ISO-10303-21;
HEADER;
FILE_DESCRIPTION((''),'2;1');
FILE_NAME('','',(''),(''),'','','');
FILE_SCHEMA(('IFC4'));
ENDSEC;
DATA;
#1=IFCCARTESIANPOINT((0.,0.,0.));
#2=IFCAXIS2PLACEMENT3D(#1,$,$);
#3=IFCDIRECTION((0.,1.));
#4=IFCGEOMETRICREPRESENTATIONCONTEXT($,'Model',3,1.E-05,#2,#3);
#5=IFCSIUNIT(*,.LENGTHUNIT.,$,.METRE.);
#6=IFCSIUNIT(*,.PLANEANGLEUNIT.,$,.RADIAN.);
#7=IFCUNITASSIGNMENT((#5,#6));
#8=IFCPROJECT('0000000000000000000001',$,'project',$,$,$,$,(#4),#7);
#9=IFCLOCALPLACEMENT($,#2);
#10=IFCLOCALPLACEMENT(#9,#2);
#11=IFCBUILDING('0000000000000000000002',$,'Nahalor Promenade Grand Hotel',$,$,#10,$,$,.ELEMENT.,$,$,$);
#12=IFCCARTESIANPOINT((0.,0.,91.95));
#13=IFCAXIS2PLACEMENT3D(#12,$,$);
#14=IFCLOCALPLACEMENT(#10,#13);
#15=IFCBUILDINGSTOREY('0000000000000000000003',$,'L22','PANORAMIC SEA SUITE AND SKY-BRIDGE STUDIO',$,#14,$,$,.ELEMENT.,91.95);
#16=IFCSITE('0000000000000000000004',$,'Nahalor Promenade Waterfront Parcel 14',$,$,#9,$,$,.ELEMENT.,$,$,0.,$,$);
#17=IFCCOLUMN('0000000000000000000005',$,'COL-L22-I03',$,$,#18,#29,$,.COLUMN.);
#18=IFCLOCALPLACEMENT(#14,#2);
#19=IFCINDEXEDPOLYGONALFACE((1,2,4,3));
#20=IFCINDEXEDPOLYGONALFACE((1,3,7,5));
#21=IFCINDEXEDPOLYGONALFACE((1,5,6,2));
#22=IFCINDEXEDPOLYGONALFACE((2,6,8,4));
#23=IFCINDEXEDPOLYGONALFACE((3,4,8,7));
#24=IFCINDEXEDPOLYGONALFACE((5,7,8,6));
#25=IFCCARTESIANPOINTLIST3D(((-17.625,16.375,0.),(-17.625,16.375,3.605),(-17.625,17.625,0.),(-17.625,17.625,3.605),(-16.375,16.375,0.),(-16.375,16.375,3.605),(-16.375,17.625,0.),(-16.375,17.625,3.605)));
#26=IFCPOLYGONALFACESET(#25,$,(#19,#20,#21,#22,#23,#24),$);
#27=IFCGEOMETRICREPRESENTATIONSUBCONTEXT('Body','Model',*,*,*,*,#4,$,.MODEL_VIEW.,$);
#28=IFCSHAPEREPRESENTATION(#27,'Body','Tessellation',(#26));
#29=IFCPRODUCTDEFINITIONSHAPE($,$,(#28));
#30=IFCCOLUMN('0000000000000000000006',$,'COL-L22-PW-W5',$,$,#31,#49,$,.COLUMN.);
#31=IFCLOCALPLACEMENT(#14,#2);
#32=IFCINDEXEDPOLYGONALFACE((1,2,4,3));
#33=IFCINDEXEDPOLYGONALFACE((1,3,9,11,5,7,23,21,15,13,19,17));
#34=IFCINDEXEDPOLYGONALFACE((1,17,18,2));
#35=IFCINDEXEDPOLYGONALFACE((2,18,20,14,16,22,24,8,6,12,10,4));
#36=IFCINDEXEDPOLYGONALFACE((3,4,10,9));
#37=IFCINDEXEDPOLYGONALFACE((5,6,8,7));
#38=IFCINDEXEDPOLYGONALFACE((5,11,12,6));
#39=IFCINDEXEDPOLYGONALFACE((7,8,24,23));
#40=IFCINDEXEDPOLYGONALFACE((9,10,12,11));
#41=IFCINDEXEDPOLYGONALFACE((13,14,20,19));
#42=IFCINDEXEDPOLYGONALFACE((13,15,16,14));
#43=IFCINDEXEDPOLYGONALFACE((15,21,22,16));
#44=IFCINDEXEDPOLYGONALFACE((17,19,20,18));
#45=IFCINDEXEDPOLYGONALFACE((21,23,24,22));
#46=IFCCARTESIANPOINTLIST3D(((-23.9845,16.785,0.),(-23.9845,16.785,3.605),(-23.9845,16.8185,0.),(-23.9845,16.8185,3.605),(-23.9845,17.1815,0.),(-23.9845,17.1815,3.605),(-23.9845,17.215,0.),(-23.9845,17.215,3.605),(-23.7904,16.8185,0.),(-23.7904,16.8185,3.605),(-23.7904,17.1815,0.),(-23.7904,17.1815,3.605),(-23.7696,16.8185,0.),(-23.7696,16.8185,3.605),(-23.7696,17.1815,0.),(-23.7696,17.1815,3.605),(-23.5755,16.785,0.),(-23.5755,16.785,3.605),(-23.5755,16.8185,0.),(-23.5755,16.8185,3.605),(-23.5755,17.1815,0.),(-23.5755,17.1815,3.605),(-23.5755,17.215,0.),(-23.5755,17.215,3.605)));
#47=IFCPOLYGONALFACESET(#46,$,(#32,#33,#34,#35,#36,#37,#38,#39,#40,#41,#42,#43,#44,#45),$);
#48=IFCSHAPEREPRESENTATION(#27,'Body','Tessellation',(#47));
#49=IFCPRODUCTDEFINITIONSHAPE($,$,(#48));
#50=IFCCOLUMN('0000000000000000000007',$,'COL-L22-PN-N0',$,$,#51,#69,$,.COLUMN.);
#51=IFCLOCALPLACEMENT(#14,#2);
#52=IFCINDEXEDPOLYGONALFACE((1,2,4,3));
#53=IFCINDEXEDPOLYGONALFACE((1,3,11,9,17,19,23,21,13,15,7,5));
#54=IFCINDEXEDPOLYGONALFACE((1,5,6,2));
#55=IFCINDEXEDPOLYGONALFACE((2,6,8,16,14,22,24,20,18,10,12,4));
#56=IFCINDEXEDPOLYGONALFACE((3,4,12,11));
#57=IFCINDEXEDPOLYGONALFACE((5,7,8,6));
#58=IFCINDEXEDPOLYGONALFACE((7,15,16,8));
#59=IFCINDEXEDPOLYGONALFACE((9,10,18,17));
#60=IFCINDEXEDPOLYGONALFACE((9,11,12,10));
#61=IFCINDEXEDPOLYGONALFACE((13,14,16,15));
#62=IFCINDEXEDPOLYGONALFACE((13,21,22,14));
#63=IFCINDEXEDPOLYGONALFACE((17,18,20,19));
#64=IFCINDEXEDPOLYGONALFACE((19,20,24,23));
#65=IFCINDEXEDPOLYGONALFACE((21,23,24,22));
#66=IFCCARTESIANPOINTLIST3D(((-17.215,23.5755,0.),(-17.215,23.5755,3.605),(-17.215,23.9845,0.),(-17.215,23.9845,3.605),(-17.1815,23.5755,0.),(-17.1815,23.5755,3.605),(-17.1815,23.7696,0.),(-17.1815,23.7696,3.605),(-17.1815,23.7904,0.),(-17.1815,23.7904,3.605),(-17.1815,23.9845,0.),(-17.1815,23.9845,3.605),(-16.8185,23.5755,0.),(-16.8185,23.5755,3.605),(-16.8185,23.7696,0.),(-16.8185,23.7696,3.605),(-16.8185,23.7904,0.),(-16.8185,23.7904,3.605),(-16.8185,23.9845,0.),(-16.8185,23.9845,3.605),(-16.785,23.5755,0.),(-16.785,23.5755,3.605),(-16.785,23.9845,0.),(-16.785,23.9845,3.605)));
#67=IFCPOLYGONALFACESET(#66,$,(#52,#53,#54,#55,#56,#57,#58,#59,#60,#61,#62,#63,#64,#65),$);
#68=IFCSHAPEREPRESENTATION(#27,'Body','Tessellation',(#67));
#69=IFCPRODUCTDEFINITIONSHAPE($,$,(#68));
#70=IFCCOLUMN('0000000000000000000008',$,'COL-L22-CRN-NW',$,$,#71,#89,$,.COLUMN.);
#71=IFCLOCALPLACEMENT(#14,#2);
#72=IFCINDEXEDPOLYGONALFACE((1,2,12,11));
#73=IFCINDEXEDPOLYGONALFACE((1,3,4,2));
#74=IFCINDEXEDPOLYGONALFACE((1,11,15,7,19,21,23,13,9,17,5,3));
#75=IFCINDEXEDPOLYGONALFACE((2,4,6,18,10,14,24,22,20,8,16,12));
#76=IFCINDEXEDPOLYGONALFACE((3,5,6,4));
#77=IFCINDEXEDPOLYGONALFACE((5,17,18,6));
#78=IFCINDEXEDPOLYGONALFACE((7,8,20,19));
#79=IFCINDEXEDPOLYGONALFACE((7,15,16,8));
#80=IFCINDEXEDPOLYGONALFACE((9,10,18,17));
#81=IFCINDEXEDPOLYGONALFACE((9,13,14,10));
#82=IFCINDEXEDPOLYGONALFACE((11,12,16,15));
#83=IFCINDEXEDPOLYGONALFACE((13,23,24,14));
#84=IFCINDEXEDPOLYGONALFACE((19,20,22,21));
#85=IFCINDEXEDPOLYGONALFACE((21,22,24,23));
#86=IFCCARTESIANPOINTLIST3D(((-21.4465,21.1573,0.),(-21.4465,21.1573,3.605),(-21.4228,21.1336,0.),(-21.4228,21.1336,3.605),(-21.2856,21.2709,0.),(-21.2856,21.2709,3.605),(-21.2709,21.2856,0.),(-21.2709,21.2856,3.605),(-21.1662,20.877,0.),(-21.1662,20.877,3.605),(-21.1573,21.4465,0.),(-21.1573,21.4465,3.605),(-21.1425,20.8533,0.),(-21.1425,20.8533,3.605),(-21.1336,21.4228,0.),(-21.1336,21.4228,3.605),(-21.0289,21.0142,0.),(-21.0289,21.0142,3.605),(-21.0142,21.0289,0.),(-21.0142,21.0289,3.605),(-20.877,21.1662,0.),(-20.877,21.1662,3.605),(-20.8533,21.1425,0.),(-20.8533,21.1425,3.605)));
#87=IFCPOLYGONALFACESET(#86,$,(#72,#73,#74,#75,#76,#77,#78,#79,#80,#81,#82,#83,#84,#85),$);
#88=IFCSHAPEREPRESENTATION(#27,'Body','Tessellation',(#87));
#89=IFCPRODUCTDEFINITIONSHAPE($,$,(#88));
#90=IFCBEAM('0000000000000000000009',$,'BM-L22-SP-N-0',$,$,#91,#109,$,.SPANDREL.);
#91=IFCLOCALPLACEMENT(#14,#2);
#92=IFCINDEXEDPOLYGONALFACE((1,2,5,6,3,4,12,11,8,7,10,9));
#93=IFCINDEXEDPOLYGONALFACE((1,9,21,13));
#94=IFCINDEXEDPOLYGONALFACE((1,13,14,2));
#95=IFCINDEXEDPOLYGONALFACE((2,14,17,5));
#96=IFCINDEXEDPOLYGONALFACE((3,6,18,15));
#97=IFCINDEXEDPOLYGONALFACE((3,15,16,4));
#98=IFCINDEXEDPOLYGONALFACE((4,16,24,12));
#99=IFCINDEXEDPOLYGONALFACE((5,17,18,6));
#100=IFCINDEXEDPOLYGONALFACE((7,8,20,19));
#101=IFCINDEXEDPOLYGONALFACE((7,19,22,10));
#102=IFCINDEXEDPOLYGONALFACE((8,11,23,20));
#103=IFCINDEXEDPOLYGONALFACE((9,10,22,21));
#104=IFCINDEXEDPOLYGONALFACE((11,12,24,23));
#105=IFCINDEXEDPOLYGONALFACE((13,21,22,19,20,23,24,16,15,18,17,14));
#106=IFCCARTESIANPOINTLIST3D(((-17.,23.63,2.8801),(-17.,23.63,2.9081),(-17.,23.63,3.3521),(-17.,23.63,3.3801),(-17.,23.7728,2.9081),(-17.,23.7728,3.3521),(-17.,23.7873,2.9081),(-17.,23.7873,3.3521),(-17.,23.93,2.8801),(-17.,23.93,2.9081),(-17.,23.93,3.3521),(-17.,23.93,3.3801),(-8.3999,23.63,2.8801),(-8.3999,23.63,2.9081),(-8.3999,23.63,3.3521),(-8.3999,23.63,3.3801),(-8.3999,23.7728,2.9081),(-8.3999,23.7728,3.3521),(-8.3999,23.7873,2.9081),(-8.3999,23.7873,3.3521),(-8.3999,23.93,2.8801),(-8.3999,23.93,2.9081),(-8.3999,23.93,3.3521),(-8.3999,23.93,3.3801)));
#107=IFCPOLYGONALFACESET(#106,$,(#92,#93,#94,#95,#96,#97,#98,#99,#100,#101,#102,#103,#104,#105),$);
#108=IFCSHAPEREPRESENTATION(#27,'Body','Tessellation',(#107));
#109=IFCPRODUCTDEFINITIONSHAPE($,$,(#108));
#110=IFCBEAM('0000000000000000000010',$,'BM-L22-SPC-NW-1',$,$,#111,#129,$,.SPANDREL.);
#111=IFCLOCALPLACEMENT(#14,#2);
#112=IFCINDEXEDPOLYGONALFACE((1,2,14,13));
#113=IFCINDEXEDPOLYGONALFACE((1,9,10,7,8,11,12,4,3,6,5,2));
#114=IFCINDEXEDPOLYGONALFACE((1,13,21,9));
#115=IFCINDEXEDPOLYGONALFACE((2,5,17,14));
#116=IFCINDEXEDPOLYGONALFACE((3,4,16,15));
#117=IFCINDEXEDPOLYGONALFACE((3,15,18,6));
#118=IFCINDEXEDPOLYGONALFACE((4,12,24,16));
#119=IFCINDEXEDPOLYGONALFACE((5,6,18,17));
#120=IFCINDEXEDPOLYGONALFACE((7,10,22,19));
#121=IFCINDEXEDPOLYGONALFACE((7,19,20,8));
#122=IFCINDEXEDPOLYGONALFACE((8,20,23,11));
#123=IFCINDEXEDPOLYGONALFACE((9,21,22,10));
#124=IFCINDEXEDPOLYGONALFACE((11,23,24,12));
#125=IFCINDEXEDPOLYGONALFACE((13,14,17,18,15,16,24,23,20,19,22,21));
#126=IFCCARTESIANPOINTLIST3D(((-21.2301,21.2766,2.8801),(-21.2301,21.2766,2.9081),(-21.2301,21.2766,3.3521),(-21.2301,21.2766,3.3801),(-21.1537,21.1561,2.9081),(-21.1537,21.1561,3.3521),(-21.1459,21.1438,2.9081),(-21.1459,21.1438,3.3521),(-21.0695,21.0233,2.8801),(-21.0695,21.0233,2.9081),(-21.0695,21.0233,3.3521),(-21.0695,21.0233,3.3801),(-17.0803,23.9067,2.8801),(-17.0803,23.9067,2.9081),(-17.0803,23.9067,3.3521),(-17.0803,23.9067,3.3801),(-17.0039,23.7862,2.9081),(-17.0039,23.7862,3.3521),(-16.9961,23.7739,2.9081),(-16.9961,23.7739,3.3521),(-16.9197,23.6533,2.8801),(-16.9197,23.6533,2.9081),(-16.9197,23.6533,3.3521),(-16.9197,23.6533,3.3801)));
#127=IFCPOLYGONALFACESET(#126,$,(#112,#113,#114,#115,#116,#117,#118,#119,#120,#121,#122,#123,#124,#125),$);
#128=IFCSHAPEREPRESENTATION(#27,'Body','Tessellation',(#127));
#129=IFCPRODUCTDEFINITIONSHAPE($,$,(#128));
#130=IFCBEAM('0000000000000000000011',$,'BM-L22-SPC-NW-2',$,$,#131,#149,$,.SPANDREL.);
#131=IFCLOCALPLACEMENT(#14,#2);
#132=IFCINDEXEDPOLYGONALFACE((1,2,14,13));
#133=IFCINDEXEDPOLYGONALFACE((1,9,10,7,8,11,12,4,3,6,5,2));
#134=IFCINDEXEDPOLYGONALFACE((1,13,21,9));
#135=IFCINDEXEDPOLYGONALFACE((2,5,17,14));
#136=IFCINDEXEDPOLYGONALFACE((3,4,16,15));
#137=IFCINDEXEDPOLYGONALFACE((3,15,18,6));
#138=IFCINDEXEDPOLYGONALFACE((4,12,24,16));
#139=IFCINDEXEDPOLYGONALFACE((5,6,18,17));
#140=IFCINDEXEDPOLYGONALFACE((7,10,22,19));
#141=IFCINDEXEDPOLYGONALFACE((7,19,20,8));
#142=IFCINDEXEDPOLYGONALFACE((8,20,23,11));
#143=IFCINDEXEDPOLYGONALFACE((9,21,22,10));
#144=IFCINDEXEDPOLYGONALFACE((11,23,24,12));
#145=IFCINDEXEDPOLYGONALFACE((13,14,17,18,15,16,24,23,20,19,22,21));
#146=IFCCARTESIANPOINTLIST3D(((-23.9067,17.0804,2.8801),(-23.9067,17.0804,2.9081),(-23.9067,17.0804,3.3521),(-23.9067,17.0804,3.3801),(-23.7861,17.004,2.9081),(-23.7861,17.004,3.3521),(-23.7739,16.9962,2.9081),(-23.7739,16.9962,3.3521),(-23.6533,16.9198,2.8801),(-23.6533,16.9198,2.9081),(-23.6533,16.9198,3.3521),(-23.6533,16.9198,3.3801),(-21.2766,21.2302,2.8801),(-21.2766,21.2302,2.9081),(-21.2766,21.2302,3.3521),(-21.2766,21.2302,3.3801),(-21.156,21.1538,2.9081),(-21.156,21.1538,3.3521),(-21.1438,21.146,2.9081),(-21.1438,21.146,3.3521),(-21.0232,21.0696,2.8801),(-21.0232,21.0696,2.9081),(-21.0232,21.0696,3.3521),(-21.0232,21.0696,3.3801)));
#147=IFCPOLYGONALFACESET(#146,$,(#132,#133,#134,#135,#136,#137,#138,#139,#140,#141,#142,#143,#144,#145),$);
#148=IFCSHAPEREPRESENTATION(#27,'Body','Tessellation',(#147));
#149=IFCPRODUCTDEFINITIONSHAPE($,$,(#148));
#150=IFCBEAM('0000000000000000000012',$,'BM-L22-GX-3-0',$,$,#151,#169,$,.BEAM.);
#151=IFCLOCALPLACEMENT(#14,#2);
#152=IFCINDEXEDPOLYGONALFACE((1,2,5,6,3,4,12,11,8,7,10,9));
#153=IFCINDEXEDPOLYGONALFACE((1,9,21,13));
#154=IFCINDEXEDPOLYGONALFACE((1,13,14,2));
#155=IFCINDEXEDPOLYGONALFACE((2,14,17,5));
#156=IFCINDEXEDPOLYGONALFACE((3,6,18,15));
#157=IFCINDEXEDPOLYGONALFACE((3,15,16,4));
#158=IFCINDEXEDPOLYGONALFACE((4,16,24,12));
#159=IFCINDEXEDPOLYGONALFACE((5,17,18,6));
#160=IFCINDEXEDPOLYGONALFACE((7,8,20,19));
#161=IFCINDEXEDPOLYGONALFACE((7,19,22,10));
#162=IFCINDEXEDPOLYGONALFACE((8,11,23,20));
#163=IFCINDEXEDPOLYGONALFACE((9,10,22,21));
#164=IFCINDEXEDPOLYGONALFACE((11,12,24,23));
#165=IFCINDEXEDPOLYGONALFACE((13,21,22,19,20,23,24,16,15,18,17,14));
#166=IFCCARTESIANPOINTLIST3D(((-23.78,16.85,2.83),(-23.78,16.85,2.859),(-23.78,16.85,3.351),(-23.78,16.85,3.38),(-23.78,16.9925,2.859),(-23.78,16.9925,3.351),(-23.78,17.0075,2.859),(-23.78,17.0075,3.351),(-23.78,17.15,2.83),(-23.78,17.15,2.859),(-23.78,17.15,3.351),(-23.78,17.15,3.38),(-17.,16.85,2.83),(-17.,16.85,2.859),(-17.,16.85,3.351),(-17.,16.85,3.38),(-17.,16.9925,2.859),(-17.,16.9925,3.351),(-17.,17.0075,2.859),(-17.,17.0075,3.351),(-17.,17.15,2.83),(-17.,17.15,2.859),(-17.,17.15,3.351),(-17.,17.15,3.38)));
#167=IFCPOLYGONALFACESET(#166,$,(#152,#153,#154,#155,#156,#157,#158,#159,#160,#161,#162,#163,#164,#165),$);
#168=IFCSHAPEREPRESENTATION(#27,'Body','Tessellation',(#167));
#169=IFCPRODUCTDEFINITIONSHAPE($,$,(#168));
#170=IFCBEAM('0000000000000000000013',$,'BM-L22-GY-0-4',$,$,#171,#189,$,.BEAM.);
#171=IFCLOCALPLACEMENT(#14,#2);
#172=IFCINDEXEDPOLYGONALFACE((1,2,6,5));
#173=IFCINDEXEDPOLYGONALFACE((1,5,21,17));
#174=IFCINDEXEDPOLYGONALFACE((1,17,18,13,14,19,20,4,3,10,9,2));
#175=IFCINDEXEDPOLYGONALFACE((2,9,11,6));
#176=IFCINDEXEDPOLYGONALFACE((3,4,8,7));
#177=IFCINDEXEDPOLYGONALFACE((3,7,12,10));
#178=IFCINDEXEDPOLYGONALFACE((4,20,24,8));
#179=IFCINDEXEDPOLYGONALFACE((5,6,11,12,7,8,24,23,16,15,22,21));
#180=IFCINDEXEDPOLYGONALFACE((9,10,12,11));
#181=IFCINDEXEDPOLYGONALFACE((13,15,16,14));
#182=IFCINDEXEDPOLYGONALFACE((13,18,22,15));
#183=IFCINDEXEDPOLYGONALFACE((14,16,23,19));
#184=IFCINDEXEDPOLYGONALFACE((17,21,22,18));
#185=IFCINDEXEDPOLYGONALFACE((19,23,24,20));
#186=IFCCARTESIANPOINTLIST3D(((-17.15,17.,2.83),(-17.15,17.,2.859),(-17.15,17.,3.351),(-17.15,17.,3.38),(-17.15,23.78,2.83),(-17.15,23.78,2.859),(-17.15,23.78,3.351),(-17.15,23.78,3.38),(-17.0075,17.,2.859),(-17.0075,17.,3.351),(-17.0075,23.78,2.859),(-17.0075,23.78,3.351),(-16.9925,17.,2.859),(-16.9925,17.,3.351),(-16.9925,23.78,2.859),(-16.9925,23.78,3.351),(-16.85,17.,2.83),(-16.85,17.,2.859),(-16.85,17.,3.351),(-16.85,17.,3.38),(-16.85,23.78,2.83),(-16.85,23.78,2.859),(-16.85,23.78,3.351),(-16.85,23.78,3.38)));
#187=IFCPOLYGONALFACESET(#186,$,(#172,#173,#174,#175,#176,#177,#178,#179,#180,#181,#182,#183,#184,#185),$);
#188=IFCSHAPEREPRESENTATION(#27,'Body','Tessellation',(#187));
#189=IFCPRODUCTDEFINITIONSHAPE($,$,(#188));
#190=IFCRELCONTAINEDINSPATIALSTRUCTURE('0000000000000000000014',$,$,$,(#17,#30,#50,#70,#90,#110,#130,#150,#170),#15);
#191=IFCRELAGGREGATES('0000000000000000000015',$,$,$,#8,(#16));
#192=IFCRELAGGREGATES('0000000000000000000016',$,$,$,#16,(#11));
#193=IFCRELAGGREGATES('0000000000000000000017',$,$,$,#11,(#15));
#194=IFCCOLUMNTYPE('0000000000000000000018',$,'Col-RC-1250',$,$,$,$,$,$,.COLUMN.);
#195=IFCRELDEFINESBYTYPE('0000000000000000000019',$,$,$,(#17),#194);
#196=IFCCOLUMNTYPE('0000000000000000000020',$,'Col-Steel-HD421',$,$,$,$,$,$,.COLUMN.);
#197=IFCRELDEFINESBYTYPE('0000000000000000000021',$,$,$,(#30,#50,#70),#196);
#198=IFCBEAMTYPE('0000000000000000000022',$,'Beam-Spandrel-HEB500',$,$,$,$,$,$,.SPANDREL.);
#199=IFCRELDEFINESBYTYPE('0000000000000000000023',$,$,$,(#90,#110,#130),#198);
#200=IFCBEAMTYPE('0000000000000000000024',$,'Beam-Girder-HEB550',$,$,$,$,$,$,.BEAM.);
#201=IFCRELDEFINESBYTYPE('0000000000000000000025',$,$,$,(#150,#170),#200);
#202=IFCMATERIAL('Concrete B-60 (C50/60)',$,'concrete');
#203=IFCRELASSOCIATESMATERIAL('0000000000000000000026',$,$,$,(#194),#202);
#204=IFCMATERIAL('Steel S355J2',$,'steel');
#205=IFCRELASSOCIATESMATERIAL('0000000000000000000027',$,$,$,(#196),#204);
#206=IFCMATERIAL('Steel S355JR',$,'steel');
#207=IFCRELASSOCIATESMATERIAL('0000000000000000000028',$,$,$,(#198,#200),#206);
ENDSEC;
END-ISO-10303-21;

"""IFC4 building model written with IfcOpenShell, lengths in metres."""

from ifc_helpers import new_model, si_unit, direction, frame, origin, origin_2d, place, context, subcontext, project, spatial, rectangle, i_section, extrude, source, transform, mapped, material, material_profile, profile_set, type_object, element, save


model = new_model("IFC4")

# Units and contexts
model_context = context("Model", 3, precision=1e-05, world=origin(), true_north=direction((0.0, 1.0)))
body_context = subcontext(model_context, "Body", "Model", "MODEL_VIEW")
ifc_project = project(units=[si_unit("LENGTHUNIT", "METRE"), si_unit("PLANEANGLEUNIT", "RADIAN")], contexts=[model_context])

# Site, building, storey
site_placement = place(None, origin())
site = spatial("IfcSite", under=ifc_project, at=site_placement, Name="Nahalor Promenade Waterfront Parcel 14", CompositionType="ELEMENT", RefElevation=0.0)
building_placement = place(site_placement, origin())
building = spatial("IfcBuilding", under=site, at=building_placement, Name="Nahalor Promenade Grand Hotel", CompositionType="ELEMENT")
storey_placement = place(building_placement, frame((0.0, 0.0, 91.95)))
storey = spatial("IfcBuildingStorey", under=building, at=storey_placement, Name="L22", Description="PANORAMIC SEA SUITE AND SKY-BRIDGE STUDIO", CompositionType="ELEMENT", Elevation=91.95)

# Columns
ifc_material_1 = material(Name="Concrete B-60 (C50/60)", Category="concrete")
ifc_material_profile_1 = material_profile(ifc_material_1, rectangle(XDim=1.25, YDim=1.25, at=origin_2d()), Name="RC 1250x1250")
ifc_profile_set_1 = profile_set([ifc_material_profile_1], Name="Concrete B-60 (C50/60)")
column_type_1 = type_object("IfcColumnType", Name="Col-RC-1250", PredefinedType="COLUMN", material=ifc_profile_set_1)
shared_shape_1 = source(origin(), body_context, "Body", "SweptSolid", [
    extrude(rectangle(XDim=1.25, YDim=1.25, at=origin_2d()), origin(), (0.0, 0.0, 1.0), 3.605),
])
column_placement = place(storey_placement, frame((-17.0, 17.0, 0.0), z_axis=(0.0, 0.0, 1.0), x_axis=(1.0, 0.0, 0.0)))
element("IfcColumn", 1, at=column_placement, inside=storey, type_object=column_type_1, Name="COL-L22-I03", PredefinedType="COLUMN", context=body_context, shape_type="MappedRepresentation", body=[
    mapped(shared_shape_1, transform((0.0, 0.0, 0.0), scale=1.0)),
])
ifc_material_2 = material(Name="Steel S355J2", Category="steel")
ifc_material_profile_2 = material_profile(ifc_material_2, i_section(OverallWidth=0.409, OverallDepth=0.43, WebThickness=0.0208, FlangeThickness=0.0335, at=origin_2d()), Name="HD 400x421")
ifc_profile_set_2 = profile_set([ifc_material_profile_2], Name="Steel S355J2")
column_type_2 = type_object("IfcColumnType", Name="Col-Steel-HD421", PredefinedType="COLUMN", material=ifc_profile_set_2)
shared_shape_2 = source(origin(), body_context, "Body", "SweptSolid", [
    extrude(i_section(OverallWidth=0.409, OverallDepth=0.43, WebThickness=0.0208, FlangeThickness=0.0335, at=origin_2d()), origin(), (0.0, 0.0, 1.0), 3.605),
])
for number, where, z_axis, x_axis, name in (
    (2, (-23.78, 17.0, 0.0), (0.0, 0.0, 1.0), (1.0, 0.0, 0.0), "COL-L22-PW-W5"),
    (3, (-17.0, 23.78, 0.0), (0.0, 0.0, 1.0), (0.0, 1.0, 0.0), "COL-L22-PN-N0"),
    (4, (-21.1499, 21.1499, 0.0), (0.0, 0.0, 1.0), (0.707107, 0.707107, 0.0), "COL-L22-CRN-NW"),
):
    element("IfcColumn", number, at=place(storey_placement, frame(where, z_axis=z_axis, x_axis=x_axis)), inside=storey, type_object=column_type_2, Name=name, PredefinedType="COLUMN", context=body_context, shape_type="MappedRepresentation", body=[
        mapped(shared_shape_2, transform((0.0, 0.0, 0.0), scale=1.0)),
    ])

# Beams
ifc_material_3 = material(Name="Steel S355JR", Category="steel")
ifc_material_profile_3 = material_profile(ifc_material_3, i_section(OverallWidth=0.3, OverallDepth=0.5, WebThickness=0.0145, FlangeThickness=0.028, at=origin_2d()), Name="HEB 500")
ifc_profile_set_3 = profile_set([ifc_material_profile_3], Name="Steel S355JR")
beam_type_1 = type_object("IfcBeamType", Name="Beam-Spandrel-HEB500", PredefinedType="SPANDREL", material=ifc_profile_set_3)
shared_shape_3 = source(origin(), body_context, "Body", "SweptSolid", [
    extrude(i_section(OverallWidth=0.3, OverallDepth=0.5, WebThickness=0.0145, FlangeThickness=0.028, at=origin_2d()), origin(), (0.0, 0.0, 1.0), 8.6001),
])
beam_1_placement = place(storey_placement, frame((-17.0, 23.78, 3.1301), z_axis=(1.0, 0.0, 0.0), x_axis=(0.0, 1.0, 0.0)))
element("IfcBeam", 5, at=beam_1_placement, inside=storey, type_object=beam_type_1, Name="BM-L22-SP-N-0", PredefinedType="SPANDREL", context=body_context, shape_type="MappedRepresentation", body=[
    mapped(shared_shape_3, transform((0.0, 0.0, 0.0), scale=1.0)),
])
shared_shape_4 = source(origin(), body_context, "Body", "SweptSolid", [
    extrude(i_section(OverallWidth=0.3, OverallDepth=0.5, WebThickness=0.0145, FlangeThickness=0.028, at=origin_2d()), origin(), (0.0, 0.0, 1.0), 4.9131),
])
for number, where, z_axis, x_axis, name in (
    (6, (-17.0, 23.78, 3.1301), (-0.844648, -0.535322, 0.0), (0.535322, -0.844648, 0.0), "BM-L22-SPC-NW-1"),
    (7, (-21.1499, 21.1499, 3.1301), (-0.535322, -0.844648, 0.0), (0.844648, -0.535322, 0.0), "BM-L22-SPC-NW-2"),
):
    element("IfcBeam", number, at=place(storey_placement, frame(where, z_axis=z_axis, x_axis=x_axis)), inside=storey, type_object=beam_type_1, Name=name, PredefinedType="SPANDREL", context=body_context, shape_type="MappedRepresentation", body=[
        mapped(shared_shape_4, transform((0.0, 0.0, 0.0), scale=1.0)),
    ])
ifc_material_profile_4 = material_profile(ifc_material_3, i_section(OverallWidth=0.3, OverallDepth=0.55, WebThickness=0.015, FlangeThickness=0.029, at=origin_2d()), Name="HEB 550")
ifc_profile_set_4 = profile_set([ifc_material_profile_4], Name="Steel S355JR")
beam_type_2 = type_object("IfcBeamType", Name="Beam-Girder-HEB550", PredefinedType="BEAM", material=ifc_profile_set_4)
shared_shape_5 = source(origin(), body_context, "Body", "SweptSolid", [
    extrude(i_section(OverallWidth=0.3, OverallDepth=0.55, WebThickness=0.015, FlangeThickness=0.029, at=origin_2d()), origin(), (0.0, 0.0, 1.0), 6.78),
])
for number, where, z_axis, x_axis, name in (
    (8, (-23.78, 17.0, 3.105), (1.0, 0.0, 0.0), (0.0, 1.0, 0.0), "BM-L22-GX-3-0"),
    (9, (-17.0, 17.0, 3.105), (0.0, 1.0, 0.0), (-1.0, 0.0, 0.0), "BM-L22-GY-0-4"),
):
    element("IfcBeam", number, at=place(storey_placement, frame(where, z_axis=z_axis, x_axis=x_axis)), inside=storey, type_object=beam_type_2, Name=name, PredefinedType="BEAM", context=body_context, shape_type="MappedRepresentation", body=[
        mapped(shared_shape_5, transform((0.0, 0.0, 0.0), scale=1.0)),
    ])

save(model, "model.ifc")
